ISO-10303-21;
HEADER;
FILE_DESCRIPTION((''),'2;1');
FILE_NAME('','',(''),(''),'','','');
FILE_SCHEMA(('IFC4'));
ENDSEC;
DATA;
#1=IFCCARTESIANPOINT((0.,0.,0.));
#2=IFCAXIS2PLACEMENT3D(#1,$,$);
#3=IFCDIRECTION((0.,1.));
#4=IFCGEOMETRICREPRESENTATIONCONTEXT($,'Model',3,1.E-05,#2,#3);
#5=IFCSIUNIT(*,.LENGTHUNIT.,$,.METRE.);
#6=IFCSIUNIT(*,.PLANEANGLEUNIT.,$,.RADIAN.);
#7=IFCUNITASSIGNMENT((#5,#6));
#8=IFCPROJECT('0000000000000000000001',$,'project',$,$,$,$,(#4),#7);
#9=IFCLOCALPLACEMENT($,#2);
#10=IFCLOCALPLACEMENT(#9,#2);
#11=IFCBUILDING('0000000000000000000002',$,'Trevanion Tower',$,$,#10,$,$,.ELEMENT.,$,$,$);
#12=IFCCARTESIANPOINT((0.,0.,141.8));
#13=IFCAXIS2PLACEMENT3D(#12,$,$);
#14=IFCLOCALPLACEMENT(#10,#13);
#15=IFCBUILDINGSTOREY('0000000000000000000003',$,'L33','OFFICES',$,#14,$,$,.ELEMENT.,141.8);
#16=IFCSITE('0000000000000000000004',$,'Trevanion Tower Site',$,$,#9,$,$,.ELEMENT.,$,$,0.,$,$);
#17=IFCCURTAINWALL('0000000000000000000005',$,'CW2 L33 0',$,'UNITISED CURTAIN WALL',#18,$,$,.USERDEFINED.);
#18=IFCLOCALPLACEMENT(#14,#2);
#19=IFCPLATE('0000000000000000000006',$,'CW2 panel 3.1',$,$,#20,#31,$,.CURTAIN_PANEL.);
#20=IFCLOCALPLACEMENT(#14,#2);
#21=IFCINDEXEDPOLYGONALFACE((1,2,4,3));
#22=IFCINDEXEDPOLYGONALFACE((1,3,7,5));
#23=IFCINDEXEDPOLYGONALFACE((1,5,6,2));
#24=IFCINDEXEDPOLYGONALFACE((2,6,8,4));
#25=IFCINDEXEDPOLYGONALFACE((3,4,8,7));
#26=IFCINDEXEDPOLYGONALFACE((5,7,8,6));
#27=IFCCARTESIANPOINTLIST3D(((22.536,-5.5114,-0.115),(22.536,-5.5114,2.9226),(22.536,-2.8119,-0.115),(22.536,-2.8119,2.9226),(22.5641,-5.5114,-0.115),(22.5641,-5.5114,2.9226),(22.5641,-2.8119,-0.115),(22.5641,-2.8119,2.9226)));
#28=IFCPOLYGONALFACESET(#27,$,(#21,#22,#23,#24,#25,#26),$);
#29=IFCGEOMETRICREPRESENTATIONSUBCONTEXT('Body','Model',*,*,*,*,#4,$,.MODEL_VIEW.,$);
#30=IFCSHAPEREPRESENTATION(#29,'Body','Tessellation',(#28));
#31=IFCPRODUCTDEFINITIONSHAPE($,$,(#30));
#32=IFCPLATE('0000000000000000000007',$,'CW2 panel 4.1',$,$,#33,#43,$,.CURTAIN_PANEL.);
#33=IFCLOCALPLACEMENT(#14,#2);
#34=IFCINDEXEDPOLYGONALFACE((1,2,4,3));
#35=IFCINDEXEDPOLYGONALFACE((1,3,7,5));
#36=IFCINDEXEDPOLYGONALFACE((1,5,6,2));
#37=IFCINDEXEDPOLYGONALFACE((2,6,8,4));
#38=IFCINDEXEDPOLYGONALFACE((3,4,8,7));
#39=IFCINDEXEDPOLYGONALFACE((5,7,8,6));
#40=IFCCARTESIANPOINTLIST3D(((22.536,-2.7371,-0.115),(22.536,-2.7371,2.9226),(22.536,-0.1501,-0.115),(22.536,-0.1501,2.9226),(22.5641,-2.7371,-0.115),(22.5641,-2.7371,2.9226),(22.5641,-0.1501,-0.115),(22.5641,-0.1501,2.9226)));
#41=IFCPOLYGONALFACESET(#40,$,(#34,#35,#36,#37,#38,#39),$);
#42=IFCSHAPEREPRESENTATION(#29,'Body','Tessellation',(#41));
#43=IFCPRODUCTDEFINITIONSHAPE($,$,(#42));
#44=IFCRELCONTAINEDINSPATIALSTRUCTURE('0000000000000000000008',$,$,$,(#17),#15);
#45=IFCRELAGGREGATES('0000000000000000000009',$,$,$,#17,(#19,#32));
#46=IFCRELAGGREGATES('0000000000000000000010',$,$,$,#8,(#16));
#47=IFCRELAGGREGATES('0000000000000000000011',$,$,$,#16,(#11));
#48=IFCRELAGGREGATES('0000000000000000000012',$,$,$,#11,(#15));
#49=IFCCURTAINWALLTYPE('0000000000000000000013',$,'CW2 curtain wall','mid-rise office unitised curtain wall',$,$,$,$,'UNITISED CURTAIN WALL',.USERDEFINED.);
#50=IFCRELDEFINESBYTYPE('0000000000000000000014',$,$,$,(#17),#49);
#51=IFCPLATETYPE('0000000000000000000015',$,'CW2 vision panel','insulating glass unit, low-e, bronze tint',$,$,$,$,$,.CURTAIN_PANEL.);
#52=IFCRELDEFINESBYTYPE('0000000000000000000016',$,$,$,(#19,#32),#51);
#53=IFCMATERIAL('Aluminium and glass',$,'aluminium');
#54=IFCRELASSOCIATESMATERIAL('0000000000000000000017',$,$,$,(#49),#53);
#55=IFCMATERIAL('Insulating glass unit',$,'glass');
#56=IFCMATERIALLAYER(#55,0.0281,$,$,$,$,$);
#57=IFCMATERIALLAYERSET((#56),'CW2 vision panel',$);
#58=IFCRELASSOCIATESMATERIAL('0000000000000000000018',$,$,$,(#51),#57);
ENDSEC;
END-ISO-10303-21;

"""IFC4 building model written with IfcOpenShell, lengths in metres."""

from ifc_helpers import new_model, si_unit, direction, frame, origin, origin_2d, place, context, subcontext, project, spatial, rectangle, extrude, material, layer, layer_set, type_object, element, aggregate, save


model = new_model("IFC4")

# Units and contexts
model_context = context("Model", 3, precision=1e-05, world=origin(), true_north=direction((0.0, 1.0)))
body_context = subcontext(model_context, "Body", "Model", "MODEL_VIEW")
ifc_project = project(units=[si_unit("LENGTHUNIT", "METRE"), si_unit("PLANEANGLEUNIT", "RADIAN")], contexts=[model_context])

# Site, building, storey
site_placement = place(None, origin())
site = spatial("IfcSite", under=ifc_project, at=site_placement, Name="Trevanion Tower Site", CompositionType="ELEMENT", RefElevation=0.0)
building_placement = place(site_placement, origin())
building = spatial("IfcBuilding", under=site, at=building_placement, Name="Trevanion Tower", CompositionType="ELEMENT")
storey_placement = place(building_placement, frame((0.0, 0.0, 141.8)))
storey = spatial("IfcBuildingStorey", under=building, at=storey_placement, Name="L33", Description="OFFICES", CompositionType="ELEMENT", Elevation=141.8)

# Curtain wall, plates
ifc_material_1 = material(Name="Aluminium and glass", Category="aluminium")
curtain_wall_type = type_object("IfcCurtainWallType", Name="CW2 curtain wall", Description="mid-rise office unitised curtain wall", ElementType="UNITISED CURTAIN WALL", PredefinedType="USERDEFINED", material=ifc_material_1)
curtain_wall_placement = place(storey_placement, origin())
curtain_wall = element("IfcCurtainWall", 1, at=curtain_wall_placement, inside=storey, type_object=curtain_wall_type, Name="CW2 L33 0", ObjectType="UNITISED CURTAIN WALL", PredefinedType="USERDEFINED")
ifc_material_2 = material(Name="Insulating glass unit", Category="glass")
ifc_layer_1 = layer(ifc_material_2, 0.0281)
ifc_layer_set_1 = layer_set([ifc_layer_1], Name="CW2 vision panel")
plate_type_1 = type_object("IfcPlateType", Name="CW2 vision panel", Description="insulating glass unit, low-e, bronze tint", PredefinedType="CURTAIN_PANEL", material=ifc_layer_set_1)
plate_1_placement = place(storey_placement, frame((22.55, -4.1616, -0.115), z_axis=(0.0, 0.0, 1.0), x_axis=(0.0, 1.0, 0.0)))
plate_1 = element("IfcPlate", 2, at=plate_1_placement, type_object=plate_type_1, Name="CW2 panel 3.1", PredefinedType="CURTAIN_PANEL", context=body_context, shape_type="SweptSolid", body=[
    extrude(rectangle(XDim=2.6995, YDim=0.0281, at=origin_2d()), origin(), (0.0, 0.0, 1.0), 3.0376),
])
plate_2_placement = place(storey_placement, frame((22.55, -1.4436, -0.115), z_axis=(0.0, 0.0, 1.0), x_axis=(0.0, 1.0, 0.0)))
plate_2 = element("IfcPlate", 3, at=plate_2_placement, type_object=plate_type_1, Name="CW2 panel 4.1", PredefinedType="CURTAIN_PANEL", context=body_context, shape_type="SweptSolid", body=[
    extrude(rectangle(XDim=2.5869, YDim=0.0281, at=origin_2d()), origin(), (0.0, 0.0, 1.0), 3.0376),
])
aggregate(curtain_wall, [plate_1, plate_2])

save(model, "model.ifc")
